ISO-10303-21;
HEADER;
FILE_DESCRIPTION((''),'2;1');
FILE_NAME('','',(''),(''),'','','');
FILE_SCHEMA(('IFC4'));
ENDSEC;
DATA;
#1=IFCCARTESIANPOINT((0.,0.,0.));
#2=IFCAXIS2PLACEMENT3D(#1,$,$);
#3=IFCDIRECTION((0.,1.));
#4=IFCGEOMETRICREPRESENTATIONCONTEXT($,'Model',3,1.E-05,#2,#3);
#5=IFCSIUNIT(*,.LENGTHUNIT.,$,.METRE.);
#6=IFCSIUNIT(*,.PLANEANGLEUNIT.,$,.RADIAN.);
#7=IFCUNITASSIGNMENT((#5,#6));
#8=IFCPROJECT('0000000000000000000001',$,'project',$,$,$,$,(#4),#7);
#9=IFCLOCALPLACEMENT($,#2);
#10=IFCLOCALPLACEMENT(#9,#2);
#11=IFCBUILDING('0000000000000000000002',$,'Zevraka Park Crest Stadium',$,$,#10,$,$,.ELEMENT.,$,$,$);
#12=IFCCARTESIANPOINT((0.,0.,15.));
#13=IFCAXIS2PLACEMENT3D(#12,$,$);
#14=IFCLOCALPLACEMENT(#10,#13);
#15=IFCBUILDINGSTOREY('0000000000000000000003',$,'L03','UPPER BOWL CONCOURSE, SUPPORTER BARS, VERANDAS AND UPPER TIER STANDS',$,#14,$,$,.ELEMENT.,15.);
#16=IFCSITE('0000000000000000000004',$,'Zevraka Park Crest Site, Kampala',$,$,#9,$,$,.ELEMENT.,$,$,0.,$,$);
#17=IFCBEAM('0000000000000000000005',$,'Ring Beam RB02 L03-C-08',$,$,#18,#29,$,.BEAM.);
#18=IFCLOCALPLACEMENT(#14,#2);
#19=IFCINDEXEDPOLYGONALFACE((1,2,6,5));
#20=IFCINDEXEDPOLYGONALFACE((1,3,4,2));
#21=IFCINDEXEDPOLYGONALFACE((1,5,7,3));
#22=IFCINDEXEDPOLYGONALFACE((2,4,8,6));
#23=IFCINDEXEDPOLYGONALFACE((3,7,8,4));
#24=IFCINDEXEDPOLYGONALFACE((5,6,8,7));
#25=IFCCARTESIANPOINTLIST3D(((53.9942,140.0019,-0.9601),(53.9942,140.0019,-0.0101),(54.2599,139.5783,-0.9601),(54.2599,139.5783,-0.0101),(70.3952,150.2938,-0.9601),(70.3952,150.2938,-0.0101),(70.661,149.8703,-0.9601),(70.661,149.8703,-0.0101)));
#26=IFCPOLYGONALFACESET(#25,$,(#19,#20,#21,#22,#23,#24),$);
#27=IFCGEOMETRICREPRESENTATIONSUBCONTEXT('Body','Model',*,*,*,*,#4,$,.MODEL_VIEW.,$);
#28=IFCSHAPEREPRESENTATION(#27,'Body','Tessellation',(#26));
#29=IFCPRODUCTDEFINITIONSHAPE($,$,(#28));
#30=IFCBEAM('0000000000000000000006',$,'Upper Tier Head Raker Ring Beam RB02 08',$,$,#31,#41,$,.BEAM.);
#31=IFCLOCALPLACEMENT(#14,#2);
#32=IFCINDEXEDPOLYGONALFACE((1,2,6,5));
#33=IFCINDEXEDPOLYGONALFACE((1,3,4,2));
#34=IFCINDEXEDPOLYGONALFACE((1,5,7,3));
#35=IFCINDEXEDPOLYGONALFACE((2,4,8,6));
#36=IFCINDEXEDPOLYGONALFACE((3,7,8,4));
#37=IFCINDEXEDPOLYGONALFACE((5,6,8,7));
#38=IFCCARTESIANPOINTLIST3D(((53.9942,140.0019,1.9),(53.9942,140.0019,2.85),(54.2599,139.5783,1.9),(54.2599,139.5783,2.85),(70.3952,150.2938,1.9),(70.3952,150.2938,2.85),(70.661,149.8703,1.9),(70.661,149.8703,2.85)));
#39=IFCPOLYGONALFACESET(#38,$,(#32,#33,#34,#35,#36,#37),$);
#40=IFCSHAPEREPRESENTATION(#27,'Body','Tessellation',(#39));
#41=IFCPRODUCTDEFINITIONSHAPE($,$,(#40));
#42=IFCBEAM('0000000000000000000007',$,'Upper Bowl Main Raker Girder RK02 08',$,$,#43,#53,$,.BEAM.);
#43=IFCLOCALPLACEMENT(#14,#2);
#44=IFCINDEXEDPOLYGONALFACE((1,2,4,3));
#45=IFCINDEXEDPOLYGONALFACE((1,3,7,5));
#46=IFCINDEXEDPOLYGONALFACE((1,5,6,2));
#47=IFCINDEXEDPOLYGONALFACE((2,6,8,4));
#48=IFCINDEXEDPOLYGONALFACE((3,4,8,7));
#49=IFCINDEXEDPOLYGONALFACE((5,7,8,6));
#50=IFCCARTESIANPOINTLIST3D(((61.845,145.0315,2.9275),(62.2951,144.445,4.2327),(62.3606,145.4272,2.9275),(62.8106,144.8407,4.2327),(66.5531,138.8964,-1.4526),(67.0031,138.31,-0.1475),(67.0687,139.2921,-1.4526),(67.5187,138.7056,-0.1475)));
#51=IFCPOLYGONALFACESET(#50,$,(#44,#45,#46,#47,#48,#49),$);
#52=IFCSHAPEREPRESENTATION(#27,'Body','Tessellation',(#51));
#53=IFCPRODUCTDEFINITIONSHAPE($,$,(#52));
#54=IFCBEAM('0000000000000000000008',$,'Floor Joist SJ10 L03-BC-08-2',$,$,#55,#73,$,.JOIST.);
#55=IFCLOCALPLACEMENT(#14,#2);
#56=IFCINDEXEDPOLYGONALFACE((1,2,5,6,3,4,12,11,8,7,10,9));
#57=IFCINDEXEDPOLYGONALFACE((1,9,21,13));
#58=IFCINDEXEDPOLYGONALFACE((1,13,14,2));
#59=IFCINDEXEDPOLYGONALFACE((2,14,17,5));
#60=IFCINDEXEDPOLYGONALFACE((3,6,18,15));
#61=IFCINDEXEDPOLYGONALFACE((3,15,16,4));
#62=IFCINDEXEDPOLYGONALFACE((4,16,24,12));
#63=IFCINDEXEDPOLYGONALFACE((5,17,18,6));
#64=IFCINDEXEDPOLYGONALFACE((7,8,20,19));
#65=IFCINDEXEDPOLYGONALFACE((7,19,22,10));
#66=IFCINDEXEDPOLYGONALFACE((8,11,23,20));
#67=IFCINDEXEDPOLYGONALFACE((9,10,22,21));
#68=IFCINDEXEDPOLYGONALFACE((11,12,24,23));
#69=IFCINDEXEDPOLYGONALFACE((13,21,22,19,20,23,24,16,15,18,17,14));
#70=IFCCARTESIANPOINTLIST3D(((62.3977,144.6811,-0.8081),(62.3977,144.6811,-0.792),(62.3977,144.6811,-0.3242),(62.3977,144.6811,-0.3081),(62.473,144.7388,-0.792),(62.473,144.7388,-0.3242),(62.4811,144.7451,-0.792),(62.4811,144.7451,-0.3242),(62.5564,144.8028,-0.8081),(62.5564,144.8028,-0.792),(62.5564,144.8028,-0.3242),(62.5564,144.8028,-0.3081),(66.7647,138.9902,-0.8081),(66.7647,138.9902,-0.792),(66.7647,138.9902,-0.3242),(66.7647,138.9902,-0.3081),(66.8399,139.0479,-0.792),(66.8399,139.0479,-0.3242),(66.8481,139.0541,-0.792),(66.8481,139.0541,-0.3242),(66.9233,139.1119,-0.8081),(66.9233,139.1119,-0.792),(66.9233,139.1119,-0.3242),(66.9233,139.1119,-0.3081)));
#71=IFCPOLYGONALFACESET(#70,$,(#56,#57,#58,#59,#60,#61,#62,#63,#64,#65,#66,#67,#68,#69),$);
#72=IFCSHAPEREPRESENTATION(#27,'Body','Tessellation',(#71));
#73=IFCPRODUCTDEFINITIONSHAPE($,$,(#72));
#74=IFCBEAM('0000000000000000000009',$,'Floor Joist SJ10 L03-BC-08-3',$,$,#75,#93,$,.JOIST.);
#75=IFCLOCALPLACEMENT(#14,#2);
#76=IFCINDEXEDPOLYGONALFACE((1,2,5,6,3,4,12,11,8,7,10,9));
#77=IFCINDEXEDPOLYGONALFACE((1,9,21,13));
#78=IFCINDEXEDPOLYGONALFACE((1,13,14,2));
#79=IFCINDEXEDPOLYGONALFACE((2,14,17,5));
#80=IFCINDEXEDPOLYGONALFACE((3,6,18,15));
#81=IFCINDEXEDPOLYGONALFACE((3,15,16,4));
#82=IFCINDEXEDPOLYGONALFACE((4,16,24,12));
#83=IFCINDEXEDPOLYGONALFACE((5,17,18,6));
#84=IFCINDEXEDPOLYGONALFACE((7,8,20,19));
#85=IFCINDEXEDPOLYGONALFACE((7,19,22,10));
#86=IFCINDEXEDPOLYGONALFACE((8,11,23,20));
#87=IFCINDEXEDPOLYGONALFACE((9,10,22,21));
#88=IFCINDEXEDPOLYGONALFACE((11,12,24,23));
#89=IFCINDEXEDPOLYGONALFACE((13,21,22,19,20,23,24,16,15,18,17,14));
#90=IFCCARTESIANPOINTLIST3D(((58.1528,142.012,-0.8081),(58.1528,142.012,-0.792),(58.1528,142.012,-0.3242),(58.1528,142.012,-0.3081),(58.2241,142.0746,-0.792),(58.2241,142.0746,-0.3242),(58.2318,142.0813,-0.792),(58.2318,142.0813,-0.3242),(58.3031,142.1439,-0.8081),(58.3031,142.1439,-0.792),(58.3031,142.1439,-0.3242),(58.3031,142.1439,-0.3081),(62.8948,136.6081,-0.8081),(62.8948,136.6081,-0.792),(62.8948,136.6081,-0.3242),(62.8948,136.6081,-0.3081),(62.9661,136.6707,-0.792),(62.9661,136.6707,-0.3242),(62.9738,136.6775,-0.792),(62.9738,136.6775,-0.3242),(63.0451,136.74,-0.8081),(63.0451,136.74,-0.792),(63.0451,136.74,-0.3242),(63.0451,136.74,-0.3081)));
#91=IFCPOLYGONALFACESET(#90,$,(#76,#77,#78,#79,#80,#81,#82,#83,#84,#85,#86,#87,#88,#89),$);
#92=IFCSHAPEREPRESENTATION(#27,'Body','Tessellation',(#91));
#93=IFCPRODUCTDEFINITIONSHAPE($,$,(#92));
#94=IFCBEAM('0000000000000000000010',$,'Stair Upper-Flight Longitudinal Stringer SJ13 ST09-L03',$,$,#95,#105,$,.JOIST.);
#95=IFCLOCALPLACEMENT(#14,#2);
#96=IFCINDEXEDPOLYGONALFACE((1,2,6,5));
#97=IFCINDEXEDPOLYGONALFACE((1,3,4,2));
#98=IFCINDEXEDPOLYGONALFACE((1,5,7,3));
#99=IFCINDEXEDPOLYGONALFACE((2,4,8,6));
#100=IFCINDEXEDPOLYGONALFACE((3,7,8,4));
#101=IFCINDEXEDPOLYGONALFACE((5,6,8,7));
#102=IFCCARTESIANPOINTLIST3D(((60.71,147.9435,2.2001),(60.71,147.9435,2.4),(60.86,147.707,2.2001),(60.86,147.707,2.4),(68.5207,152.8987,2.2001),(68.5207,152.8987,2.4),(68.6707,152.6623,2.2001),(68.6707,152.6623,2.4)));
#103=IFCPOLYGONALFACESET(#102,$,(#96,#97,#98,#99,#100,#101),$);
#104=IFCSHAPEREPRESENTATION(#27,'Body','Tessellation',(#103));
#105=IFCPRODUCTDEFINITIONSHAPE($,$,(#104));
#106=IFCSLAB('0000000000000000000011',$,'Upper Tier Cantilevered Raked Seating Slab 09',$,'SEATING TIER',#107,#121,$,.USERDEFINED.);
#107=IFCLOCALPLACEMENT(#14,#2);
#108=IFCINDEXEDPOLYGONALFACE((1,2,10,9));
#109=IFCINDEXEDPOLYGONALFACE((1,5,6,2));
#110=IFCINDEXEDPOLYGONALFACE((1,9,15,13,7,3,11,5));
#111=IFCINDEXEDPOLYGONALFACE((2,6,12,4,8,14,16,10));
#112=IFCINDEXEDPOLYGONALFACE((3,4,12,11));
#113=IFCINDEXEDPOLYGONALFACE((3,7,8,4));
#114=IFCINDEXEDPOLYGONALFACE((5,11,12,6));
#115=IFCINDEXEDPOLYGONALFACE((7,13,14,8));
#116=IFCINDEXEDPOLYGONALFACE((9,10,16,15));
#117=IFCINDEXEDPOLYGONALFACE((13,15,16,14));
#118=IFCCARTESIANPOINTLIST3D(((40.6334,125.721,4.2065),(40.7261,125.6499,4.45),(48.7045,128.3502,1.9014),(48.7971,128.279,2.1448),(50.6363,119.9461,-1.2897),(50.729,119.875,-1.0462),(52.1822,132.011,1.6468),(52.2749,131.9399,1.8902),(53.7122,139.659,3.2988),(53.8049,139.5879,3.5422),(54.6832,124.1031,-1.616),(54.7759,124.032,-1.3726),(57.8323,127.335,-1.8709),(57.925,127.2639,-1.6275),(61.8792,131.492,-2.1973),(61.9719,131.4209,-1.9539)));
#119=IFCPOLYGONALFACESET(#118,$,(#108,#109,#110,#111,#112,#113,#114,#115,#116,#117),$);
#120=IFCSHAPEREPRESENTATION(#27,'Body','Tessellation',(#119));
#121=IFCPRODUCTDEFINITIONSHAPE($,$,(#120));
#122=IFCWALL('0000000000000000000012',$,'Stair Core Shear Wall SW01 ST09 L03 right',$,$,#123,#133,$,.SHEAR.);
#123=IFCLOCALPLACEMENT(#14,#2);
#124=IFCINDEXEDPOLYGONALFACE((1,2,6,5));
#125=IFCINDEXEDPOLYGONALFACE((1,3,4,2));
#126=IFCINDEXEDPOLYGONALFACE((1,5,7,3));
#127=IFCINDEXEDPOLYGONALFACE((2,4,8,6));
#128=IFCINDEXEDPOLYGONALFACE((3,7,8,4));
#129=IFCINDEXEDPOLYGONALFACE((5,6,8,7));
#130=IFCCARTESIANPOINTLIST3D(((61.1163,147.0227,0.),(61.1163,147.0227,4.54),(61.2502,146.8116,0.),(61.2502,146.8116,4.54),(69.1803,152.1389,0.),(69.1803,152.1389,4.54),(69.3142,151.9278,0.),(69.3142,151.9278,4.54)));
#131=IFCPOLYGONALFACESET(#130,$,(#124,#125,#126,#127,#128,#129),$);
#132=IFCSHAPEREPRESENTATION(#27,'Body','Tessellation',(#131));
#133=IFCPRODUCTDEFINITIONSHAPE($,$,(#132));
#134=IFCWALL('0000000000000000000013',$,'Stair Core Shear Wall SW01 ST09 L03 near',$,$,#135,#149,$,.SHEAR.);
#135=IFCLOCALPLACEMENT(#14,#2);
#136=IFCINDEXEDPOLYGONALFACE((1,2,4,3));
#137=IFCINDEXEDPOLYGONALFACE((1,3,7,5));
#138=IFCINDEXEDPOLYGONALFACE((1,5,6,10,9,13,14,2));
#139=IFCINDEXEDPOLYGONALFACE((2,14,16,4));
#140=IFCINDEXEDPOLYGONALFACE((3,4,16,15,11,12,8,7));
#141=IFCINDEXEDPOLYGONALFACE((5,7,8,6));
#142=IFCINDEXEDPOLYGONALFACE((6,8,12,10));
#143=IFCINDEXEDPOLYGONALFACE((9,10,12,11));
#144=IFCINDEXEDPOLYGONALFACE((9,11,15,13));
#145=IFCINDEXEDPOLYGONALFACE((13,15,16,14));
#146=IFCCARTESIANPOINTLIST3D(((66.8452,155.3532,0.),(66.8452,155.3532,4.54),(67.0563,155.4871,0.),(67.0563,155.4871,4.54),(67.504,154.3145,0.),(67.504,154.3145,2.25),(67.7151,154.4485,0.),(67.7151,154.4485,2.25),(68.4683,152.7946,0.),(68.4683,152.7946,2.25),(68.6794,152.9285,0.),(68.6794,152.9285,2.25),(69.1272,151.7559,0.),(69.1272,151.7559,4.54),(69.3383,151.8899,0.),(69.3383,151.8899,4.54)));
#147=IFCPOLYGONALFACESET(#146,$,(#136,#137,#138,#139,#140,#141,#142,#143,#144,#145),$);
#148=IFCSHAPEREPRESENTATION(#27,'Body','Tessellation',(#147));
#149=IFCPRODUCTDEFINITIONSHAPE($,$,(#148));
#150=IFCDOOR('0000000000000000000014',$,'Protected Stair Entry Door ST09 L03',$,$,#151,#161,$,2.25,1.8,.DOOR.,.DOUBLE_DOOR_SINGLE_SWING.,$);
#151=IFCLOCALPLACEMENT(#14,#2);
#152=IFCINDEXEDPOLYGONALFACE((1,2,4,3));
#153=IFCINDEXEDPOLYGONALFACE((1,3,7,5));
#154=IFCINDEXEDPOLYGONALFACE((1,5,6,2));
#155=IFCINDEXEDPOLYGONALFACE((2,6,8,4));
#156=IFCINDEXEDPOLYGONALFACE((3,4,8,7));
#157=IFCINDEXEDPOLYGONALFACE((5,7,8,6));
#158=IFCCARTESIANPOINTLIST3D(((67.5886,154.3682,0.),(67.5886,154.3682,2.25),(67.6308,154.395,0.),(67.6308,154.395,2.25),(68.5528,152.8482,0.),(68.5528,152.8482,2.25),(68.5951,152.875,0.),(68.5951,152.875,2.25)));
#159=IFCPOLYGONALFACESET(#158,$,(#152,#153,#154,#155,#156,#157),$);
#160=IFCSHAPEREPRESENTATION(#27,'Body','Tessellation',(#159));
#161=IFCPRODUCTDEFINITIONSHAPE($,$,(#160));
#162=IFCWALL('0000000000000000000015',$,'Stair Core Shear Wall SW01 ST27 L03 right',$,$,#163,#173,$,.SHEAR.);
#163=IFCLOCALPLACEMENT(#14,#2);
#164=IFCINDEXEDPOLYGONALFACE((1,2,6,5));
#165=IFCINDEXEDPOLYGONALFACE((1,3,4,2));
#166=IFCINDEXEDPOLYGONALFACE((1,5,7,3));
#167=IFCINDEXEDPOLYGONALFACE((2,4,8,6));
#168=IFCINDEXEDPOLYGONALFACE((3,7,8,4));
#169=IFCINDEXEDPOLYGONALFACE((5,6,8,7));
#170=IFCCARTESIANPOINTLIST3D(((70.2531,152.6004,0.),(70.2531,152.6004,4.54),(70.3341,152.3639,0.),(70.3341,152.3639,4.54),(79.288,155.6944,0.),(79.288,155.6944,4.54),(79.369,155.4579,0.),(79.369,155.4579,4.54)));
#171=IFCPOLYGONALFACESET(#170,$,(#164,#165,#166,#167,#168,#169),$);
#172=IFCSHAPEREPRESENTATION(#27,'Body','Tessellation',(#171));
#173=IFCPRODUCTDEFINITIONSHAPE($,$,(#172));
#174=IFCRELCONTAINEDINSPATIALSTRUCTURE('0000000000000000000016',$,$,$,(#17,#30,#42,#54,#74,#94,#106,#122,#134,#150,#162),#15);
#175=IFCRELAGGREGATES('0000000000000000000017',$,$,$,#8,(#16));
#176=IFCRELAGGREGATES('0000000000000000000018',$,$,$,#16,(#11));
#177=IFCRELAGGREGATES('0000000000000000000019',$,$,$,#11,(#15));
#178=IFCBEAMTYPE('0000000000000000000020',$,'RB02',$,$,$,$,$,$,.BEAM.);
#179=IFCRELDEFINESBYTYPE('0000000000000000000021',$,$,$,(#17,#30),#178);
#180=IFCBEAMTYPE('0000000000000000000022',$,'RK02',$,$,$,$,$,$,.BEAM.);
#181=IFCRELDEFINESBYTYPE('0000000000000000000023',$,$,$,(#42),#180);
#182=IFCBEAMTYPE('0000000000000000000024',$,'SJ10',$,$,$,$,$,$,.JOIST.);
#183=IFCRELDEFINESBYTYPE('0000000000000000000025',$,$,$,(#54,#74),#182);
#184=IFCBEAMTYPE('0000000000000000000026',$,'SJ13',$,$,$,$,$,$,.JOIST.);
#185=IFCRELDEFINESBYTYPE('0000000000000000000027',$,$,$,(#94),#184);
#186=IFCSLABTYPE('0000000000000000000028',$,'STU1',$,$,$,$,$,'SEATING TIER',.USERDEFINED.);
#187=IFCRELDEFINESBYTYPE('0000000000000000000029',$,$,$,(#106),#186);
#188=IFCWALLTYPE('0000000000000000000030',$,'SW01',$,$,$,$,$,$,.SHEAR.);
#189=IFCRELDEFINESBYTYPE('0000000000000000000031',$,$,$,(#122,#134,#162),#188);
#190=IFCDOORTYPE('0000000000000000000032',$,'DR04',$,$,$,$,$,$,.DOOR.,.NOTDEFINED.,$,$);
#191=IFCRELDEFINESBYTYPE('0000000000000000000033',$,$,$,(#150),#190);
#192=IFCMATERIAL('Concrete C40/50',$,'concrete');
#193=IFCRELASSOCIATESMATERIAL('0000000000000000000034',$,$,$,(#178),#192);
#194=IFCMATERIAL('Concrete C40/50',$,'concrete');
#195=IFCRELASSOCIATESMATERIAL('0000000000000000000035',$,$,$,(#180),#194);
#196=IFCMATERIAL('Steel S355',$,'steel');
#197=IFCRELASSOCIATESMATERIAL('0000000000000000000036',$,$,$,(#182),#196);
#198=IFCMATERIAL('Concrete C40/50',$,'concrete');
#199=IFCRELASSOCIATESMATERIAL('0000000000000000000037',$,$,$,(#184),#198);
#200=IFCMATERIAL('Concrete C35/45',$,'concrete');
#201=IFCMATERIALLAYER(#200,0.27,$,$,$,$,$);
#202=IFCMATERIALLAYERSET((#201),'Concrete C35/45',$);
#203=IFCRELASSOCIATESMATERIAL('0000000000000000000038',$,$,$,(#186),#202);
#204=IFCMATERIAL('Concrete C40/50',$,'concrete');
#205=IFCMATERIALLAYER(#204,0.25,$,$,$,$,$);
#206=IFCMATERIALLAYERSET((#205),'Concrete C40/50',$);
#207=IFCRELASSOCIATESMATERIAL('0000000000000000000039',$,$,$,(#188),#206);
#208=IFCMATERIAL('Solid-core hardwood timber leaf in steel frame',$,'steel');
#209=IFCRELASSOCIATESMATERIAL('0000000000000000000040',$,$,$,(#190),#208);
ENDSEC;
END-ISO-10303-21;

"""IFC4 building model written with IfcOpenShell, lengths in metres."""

from ifc_helpers import new_model, si_unit, direction, frame, frame_2d, origin, origin_2d, place, context, subcontext, project, spatial, polyline, rectangle, i_section, outline, extrude, material, layer, layer_set, material_profile, profile_set, type_object, element, fill, save


model = new_model("IFC4")

# Units and contexts
model_context = context("Model", 3, precision=1e-05, world=origin(), true_north=direction((0.0, 1.0)))
body_context = subcontext(model_context, "Body", "Model", "MODEL_VIEW")
ifc_project = project(units=[si_unit("LENGTHUNIT", "METRE"), si_unit("PLANEANGLEUNIT", "RADIAN")], contexts=[model_context])

# Site, building, storey
site_placement = place(None, origin())
site = spatial("IfcSite", under=ifc_project, at=site_placement, Name="Zevraka Park Crest Site, Kampala", CompositionType="ELEMENT", RefElevation=0.0)
building_placement = place(site_placement, origin())
building = spatial("IfcBuilding", under=site, at=building_placement, Name="Zevraka Park Crest Stadium", CompositionType="ELEMENT")
storey_placement = place(building_placement, frame((0.0, 0.0, 15.0)))
storey = spatial("IfcBuildingStorey", under=building, at=storey_placement, Name="L03", Description="UPPER BOWL CONCOURSE, SUPPORTER BARS, VERANDAS AND UPPER TIER STANDS", CompositionType="ELEMENT", Elevation=15.0)

# Beams
ifc_material_1 = material(Name="Concrete C40/50", Category="concrete")
ifc_material_profile_1 = material_profile(ifc_material_1, rectangle(XDim=0.5, YDim=0.95, at=origin_2d()), Name="RC 950x500")
ifc_profile_set_1 = profile_set([ifc_material_profile_1], Name="Concrete C40/50")
beam_type_1 = type_object("IfcBeamType", Name="RB02", PredefinedType="BEAM", material=ifc_profile_set_1)
for number, where, z_axis, x_axis, name in (
    (1, (70.5281, 150.082, -0.4851), (-0.847039, -0.531532, 0.0), (0.531532, -0.847039, 0.0), "Ring Beam RB02 L03-C-08"),
    (2, (70.5281, 150.082, 2.375), (-0.847039, -0.531532, 0.0), (0.531532, -0.847039, 0.0), "Upper Tier Head Raker Ring Beam RB02 08"),
):
    element("IfcBeam", number, at=place(storey_placement, frame(where, z_axis=z_axis, x_axis=x_axis)), inside=storey, type_object=beam_type_1, Name=name, PredefinedType="BEAM", context=body_context, shape_type="SweptSolid", body=[
        extrude(rectangle(XDim=0.5, YDim=0.95, at=origin_2d()), origin(), (0.0, 0.0, 1.0), 19.3628),
    ])
ifc_material_2 = material(Name="Concrete C40/50", Category="concrete")
ifc_material_profile_2 = material_profile(ifc_material_2, rectangle(XDim=0.6499, YDim=1.5, at=origin_2d()), Name="RC 1500x650")
ifc_profile_set_2 = profile_set([ifc_material_profile_2], Name="Concrete C40/50")
beam_type_2 = type_object("IfcBeamType", Name="RK02", PredefinedType="BEAM", material=ifc_profile_set_2)
beam_1_placement = place(storey_placement, frame((67.0359, 138.801, -0.8), z_axis=(-0.529728, 0.69029, 0.492836), x_axis=(-0.793325, -0.608798, 0.0)))
element("IfcBeam", 3, at=beam_1_placement, inside=storey, type_object=beam_type_2, Name="Upper Bowl Main Raker Girder RK02 08", PredefinedType="BEAM", context=body_context, shape_type="SweptSolid", body=[
    extrude(rectangle(XDim=0.6499, YDim=1.5, at=origin_2d()), origin(), (0.0, 0.0, 1.0), 8.8877),
])
ifc_material_3 = material(Name="Steel S355", Category="steel")
ifc_material_profile_3 = material_profile(ifc_material_3, i_section(OverallWidth=0.2, OverallDepth=0.5, WebThickness=0.0103, FlangeThickness=0.0161, at=origin_2d()), Name="IPE 500")
ifc_profile_set_3 = profile_set([ifc_material_profile_3], Name="Steel S355")
beam_type_3 = type_object("IfcBeamType", Name="SJ10", PredefinedType="JOIST", material=ifc_profile_set_3)
beam_2_placement = place(storey_placement, frame((66.844, 139.051, -0.5581), z_axis=(-0.608774, 0.793343, 0.0), x_axis=(-0.793343, -0.608774, 0.0)))
element("IfcBeam", 4, at=beam_2_placement, inside=storey, type_object=beam_type_3, Name="Floor Joist SJ10 L03-BC-08-2", PredefinedType="JOIST", context=body_context, shape_type="SweptSolid", body=[
    extrude(i_section(OverallWidth=0.2, OverallDepth=0.5, WebThickness=0.0103, FlangeThickness=0.0161, at=origin_2d()), origin(), (0.0, 0.0, 1.0), 7.1733),
])
beam_3_placement = place(storey_placement, frame((62.97, 136.6741, -0.5581), z_axis=(-0.659576, 0.751638, 0.0), x_axis=(-0.751638, -0.659576, 0.0)))
element("IfcBeam", 5, at=beam_3_placement, inside=storey, type_object=beam_type_3, Name="Floor Joist SJ10 L03-BC-08-3", PredefinedType="JOIST", context=body_context, shape_type="SweptSolid", body=[
    extrude(i_section(OverallWidth=0.2, OverallDepth=0.5, WebThickness=0.0103, FlangeThickness=0.0161, at=origin_2d()), origin(), (0.0, 0.0, 1.0), 7.1895),
])
ifc_material_4 = material(Name="Concrete C40/50", Category="concrete")
ifc_material_profile_4 = material_profile(ifc_material_4, rectangle(XDim=0.28, YDim=0.2, at=origin_2d()), Name="RC 200x280")
ifc_profile_set_4 = profile_set([ifc_material_profile_4], Name="Concrete C40/50")
beam_type_4 = type_object("IfcBeamType", Name="SJ13", PredefinedType="JOIST", material=ifc_profile_set_4)
beam_4_placement = place(storey_placement, frame((68.5957, 152.7805, 2.3), z_axis=(-0.844404, -0.535707, 0.0), x_axis=(0.535707, -0.844404, 0.0)))
element("IfcBeam", 6, at=beam_4_placement, inside=storey, type_object=beam_type_4, Name="Stair Upper-Flight Longitudinal Stringer SJ13 ST09-L03", PredefinedType="JOIST", context=body_context, shape_type="SweptSolid", body=[
    extrude(rectangle(XDim=0.28, YDim=0.2, at=origin_2d()), origin(), (0.0, 0.0, 1.0), 9.25),
])

# Slab
ifc_material_5 = material(Name="Concrete C35/45", Category="concrete")
ifc_layer_1 = layer(ifc_material_5, 0.27)
ifc_layer_set_1 = layer_set([ifc_layer_1], Name="Concrete C35/45")
slab_type = type_object("IfcSlabType", Name="STU1", ElementType="SEATING TIER", PredefinedType="USERDEFINED", material=ifc_layer_set_1)
slab_placement = place(storey_placement, frame((61.9719, 131.4209, -1.9539), z_axis=(0.343287, -0.26341, 0.901537), x_axis=(-0.696454, -0.7154, 0.056171)))
element("IfcSlab", 7, at=slab_placement, inside=storey, type_object=slab_type, Name="Upper Tier Cantilevered Raked Seating Slab 09", ObjectType="SEATING TIER", PredefinedType="USERDEFINED", context=body_context, shape_type="SweptSolid", body=[
    extrude(outline(polyline([(0.0, 0.0), (5.8107, 0.0), (6.5981, -8.0958), (11.6535, -8.0275), (10.3304, -0.0023), (16.1411, -0.0023), (19.285, -12.4011), (0.154, -12.79), (0.0, 0.0)])), origin(), (0.0, 0.0, -1.0), 0.27),
])

# Wall
ifc_material_6 = material(Name="Concrete C40/50", Category="concrete")
ifc_layer_2 = layer(ifc_material_6, 0.25)
ifc_layer_set_2 = layer_set([ifc_layer_2], Name="Concrete C40/50")
wall_type = type_object("IfcWallType", Name="SW01", PredefinedType="SHEAR", material=ifc_layer_set_2)
wall_1_placement = place(storey_placement, frame((61.1833, 146.9172, 0.0), z_axis=(0.0, 0.0, 1.0), x_axis=(0.844391, 0.535727, 0.0)))
element("IfcWall", 8, at=wall_1_placement, inside=storey, type_object=wall_type, Name="Stair Core Shear Wall SW01 ST09 L03 right", PredefinedType="SHEAR", context=body_context, shape_type="SweptSolid", body=[
    extrude(rectangle(XDim=9.55, YDim=0.25, at=frame_2d((4.7749, 0.0))), origin(), (0.0, 0.0, 1.0), 4.54),
])

# Wall, opening, door
wall_2_placement = place(storey_placement, frame((69.2327, 151.823, 0.0), z_axis=(0.0, 0.0, 1.0), x_axis=(-0.535685, 0.844418, 0.0)))
wall_2 = element("IfcWall", 9, at=wall_2_placement, inside=storey, type_object=wall_type, Name="Stair Core Shear Wall SW01 ST09 L03 near", PredefinedType="SHEAR", context=body_context, shape_type="SweptSolid", body=[
    extrude(rectangle(XDim=4.26, YDim=0.25, at=frame_2d((2.1299, 0.0))), origin(), (0.0, 0.0, 1.0), 4.54),
])
opening_1_placement = place(wall_2_placement, frame((1.23, 0.0, 0.0)))
opening_1 = element("IfcOpeningElement", 10, at=opening_1_placement, cuts=wall_2, PredefinedType="OPENING", context=body_context, shape_type="SweptSolid", body=[
    extrude(rectangle(XDim=1.8, YDim=2.25, at=frame_2d((0.8999, 1.125))), frame((0.0, 0.135, 0.0), z_axis=(0.0, -1.0, 0.0), x_axis=(1.0, 0.0, 0.0)), (0.0, 0.0, 1.0), 0.27),
])
ifc_material_7 = material(Name="Solid-core hardwood timber leaf in steel frame", Category="steel")
door_type = type_object("IfcDoorType", Name="DR04", OperationType="NOTDEFINED", PredefinedType="DOOR", material=ifc_material_7)
door_1_placement = place(opening_1_placement, origin())
door_1 = element("IfcDoor", 11, at=door_1_placement, inside=storey, type_object=door_type, Name="Protected Stair Entry Door ST09 L03", OperationType="DOUBLE_DOOR_SINGLE_SWING", OverallHeight=2.25, OverallWidth=1.8, PredefinedType="DOOR", context=body_context, shape_type="SweptSolid", body=[
    extrude(rectangle(XDim=1.8, YDim=2.25, at=frame_2d((0.8999, 1.125))), frame((0.0, 0.0249, 0.0), z_axis=(0.0, -1.0, 0.0), x_axis=(1.0, 0.0, 0.0)), (0.0, 0.0, 1.0), 0.05),
])
fill(opening_1, door_1)

# Wall
wall_3_placement = place(storey_placement, frame((70.2937, 152.4822, 0.0), z_axis=(0.0, 0.0, 1.0), x_axis=(0.946064, 0.323979, 0.0)))
element("IfcWall", 12, at=wall_3_placement, inside=storey, type_object=wall_type, Name="Stair Core Shear Wall SW01 ST27 L03 right", PredefinedType="SHEAR", context=body_context, shape_type="SweptSolid", body=[
    extrude(rectangle(XDim=9.55, YDim=0.25, at=frame_2d((4.7749, 0.0))), origin(), (0.0, 0.0, 1.0), 4.54),
])

save(model, "model.ifc")
